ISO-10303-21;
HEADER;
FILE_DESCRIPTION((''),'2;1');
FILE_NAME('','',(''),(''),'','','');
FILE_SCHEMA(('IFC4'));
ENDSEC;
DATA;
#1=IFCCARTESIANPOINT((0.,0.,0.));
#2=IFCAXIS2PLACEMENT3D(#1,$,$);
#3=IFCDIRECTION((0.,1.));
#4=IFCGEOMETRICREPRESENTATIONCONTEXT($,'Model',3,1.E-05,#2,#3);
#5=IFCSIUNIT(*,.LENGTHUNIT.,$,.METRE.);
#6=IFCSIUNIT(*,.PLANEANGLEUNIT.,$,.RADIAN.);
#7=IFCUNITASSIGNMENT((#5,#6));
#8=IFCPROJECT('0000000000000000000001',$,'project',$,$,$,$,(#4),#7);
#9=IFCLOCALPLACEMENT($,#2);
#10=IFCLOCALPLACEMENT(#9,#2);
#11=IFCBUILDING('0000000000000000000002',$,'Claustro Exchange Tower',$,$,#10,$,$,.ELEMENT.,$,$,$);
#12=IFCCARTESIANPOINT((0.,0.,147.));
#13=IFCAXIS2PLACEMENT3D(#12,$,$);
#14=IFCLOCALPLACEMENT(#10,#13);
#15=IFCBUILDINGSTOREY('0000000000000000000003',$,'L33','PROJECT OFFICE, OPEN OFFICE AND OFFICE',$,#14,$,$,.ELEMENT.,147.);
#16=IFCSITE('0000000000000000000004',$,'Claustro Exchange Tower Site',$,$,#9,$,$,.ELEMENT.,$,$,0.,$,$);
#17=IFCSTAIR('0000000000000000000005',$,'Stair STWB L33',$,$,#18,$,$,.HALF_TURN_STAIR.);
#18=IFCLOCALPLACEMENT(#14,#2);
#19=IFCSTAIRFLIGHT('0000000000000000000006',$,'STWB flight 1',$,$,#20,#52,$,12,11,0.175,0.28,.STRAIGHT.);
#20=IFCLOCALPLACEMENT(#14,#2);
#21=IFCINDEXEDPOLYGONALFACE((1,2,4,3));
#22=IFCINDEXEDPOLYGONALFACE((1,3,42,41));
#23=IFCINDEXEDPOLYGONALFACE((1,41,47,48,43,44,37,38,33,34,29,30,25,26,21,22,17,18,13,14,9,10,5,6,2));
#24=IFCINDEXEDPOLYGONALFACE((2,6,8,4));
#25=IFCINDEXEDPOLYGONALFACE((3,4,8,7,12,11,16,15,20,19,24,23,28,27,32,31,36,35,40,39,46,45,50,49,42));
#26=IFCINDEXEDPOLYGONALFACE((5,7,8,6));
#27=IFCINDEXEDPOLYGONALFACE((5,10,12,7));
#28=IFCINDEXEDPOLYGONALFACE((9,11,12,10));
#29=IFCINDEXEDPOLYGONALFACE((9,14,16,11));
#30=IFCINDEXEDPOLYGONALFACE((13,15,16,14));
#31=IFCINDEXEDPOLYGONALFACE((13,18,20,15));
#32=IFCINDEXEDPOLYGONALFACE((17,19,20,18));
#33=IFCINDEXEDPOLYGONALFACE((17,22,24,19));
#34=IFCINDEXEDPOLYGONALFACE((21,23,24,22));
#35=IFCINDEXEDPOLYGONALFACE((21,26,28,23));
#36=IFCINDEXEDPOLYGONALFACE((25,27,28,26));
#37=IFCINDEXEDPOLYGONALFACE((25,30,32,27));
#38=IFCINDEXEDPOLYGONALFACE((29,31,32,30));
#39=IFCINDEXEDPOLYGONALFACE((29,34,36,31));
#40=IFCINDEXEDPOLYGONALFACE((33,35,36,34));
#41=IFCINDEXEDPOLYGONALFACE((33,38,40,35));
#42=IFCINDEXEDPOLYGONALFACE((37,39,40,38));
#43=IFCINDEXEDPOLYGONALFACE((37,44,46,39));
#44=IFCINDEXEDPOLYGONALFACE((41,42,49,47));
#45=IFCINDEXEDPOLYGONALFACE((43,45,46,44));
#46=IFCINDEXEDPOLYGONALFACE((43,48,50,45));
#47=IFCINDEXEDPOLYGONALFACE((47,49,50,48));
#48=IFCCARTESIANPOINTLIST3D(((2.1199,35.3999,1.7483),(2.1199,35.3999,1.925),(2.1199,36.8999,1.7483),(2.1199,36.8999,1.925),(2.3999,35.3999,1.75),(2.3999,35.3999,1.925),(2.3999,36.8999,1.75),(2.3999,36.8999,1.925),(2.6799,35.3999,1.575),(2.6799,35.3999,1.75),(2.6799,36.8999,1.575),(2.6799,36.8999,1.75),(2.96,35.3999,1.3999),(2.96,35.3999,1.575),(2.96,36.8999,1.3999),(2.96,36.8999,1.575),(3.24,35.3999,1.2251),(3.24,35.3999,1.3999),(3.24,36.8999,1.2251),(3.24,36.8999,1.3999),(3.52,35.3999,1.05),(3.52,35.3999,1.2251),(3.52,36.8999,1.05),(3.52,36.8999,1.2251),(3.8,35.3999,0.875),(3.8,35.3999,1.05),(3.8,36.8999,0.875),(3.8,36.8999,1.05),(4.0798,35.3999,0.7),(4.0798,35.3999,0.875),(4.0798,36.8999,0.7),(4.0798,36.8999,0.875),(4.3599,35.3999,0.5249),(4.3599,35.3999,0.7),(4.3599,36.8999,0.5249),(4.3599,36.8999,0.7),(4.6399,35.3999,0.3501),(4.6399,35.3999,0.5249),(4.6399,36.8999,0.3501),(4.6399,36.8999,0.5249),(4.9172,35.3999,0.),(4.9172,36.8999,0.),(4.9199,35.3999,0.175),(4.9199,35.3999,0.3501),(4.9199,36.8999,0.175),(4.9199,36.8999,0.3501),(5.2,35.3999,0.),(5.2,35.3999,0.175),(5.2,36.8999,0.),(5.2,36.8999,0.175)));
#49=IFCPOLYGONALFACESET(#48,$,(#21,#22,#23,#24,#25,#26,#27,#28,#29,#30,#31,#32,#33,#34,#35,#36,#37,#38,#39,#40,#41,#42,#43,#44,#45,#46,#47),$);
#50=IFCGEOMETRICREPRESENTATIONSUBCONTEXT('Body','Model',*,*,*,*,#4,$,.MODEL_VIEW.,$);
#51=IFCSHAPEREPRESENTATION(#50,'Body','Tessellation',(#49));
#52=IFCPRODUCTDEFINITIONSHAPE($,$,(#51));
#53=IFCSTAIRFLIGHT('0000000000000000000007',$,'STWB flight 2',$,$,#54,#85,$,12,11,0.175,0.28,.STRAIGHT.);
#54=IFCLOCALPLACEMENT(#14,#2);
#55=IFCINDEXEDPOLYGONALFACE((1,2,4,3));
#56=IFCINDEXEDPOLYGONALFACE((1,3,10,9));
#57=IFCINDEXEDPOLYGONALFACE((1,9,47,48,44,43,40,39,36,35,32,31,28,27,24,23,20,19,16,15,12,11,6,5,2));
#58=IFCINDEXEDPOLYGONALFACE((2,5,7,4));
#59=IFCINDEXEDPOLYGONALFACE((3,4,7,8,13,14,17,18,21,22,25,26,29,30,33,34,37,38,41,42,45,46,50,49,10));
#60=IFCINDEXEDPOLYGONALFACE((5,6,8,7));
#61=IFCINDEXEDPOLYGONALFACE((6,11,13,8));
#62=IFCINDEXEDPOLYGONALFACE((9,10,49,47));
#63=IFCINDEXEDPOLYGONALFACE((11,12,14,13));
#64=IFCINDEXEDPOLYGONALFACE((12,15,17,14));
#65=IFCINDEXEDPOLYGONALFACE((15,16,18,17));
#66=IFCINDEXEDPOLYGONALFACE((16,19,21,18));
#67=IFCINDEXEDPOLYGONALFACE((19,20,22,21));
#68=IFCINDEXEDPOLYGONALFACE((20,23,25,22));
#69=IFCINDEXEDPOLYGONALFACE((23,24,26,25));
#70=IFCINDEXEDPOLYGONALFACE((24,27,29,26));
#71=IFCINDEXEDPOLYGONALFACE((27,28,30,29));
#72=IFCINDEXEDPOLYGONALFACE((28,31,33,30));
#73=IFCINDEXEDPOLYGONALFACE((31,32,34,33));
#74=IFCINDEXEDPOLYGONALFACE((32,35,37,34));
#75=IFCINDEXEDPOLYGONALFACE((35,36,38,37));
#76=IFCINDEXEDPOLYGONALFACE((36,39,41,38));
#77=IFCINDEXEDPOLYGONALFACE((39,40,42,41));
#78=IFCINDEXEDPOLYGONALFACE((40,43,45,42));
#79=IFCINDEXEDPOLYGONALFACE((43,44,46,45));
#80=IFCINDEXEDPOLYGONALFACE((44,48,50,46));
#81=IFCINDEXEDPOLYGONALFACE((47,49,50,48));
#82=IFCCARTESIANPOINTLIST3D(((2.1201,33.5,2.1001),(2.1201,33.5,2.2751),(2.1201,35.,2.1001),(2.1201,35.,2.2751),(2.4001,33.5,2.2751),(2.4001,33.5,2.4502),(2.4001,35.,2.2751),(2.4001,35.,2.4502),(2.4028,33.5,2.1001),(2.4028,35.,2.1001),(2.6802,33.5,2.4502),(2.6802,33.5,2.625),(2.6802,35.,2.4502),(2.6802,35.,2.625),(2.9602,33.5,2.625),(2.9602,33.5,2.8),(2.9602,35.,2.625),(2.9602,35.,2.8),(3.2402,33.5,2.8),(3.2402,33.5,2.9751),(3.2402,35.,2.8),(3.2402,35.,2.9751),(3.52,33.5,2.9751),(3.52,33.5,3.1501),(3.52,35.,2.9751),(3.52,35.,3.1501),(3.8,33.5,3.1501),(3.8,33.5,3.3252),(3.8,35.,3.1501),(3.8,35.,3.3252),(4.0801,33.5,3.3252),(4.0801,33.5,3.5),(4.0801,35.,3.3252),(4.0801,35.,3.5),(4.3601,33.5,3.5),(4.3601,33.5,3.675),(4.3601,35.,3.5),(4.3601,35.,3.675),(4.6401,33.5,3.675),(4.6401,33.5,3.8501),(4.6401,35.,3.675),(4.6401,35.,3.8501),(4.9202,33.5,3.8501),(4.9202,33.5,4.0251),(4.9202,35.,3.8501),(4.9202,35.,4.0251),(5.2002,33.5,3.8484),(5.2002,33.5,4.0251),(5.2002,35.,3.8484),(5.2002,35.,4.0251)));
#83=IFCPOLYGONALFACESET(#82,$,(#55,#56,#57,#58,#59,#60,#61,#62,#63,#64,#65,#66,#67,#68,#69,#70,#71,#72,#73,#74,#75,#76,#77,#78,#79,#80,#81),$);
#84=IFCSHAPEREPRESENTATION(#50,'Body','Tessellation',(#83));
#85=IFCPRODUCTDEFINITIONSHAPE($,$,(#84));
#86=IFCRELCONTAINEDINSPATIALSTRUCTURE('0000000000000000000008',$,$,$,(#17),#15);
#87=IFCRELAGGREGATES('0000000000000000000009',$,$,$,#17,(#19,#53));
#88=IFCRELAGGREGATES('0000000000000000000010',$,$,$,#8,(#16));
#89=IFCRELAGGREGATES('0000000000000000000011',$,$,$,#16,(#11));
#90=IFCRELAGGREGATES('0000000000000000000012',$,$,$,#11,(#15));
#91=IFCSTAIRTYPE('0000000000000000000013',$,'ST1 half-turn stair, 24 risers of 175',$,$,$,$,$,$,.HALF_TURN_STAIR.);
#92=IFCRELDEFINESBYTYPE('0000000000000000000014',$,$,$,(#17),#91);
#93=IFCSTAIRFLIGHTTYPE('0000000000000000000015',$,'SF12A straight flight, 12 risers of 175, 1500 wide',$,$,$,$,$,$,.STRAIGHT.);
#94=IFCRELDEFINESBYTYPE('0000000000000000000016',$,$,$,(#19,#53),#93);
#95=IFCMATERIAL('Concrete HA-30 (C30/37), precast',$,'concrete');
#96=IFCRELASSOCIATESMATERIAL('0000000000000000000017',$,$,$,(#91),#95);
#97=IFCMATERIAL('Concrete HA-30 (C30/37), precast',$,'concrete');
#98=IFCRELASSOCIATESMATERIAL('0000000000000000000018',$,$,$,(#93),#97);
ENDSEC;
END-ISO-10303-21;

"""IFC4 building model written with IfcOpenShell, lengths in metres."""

from ifc_helpers import new_model, si_unit, direction, frame, origin, place, context, subcontext, project, spatial, polyline, outline, extrude, material, type_object, element, aggregate, save


model = new_model("IFC4")

# Units and contexts
model_context = context("Model", 3, precision=1e-05, world=origin(), true_north=direction((0.0, 1.0)))
body_context = subcontext(model_context, "Body", "Model", "MODEL_VIEW")
ifc_project = project(units=[si_unit("LENGTHUNIT", "METRE"), si_unit("PLANEANGLEUNIT", "RADIAN")], contexts=[model_context])

# Site, building, storey
site_placement = place(None, origin())
site = spatial("IfcSite", under=ifc_project, at=site_placement, Name="Claustro Exchange Tower Site", CompositionType="ELEMENT", RefElevation=0.0)
building_placement = place(site_placement, origin())
building = spatial("IfcBuilding", under=site, at=building_placement, Name="Claustro Exchange Tower", CompositionType="ELEMENT")
storey_placement = place(building_placement, frame((0.0, 0.0, 147.0)))
storey = spatial("IfcBuildingStorey", under=building, at=storey_placement, Name="L33", Description="PROJECT OFFICE, OPEN OFFICE AND OFFICE", CompositionType="ELEMENT", Elevation=147.0)

# Stair, stair flights
ifc_material_1 = material(Name="Concrete HA-30 (C30/37), precast", Category="concrete")
stair_type = type_object("IfcStairType", Name="ST1 half-turn stair, 24 risers of 175", PredefinedType="HALF_TURN_STAIR", material=ifc_material_1)
stair_placement = place(storey_placement, origin())
stair = element("IfcStair", 1, at=stair_placement, inside=storey, type_object=stair_type, Name="Stair STWB L33", PredefinedType="HALF_TURN_STAIR")
ifc_material_2 = material(Name="Concrete HA-30 (C30/37), precast", Category="concrete")
stair_flight_type = type_object("IfcStairFlightType", Name="SF12A straight flight, 12 risers of 175, 1500 wide", PredefinedType="STRAIGHT", material=ifc_material_2)
stair_flight_1_placement = place(storey_placement, frame((5.2, 36.1499, 0.0), z_axis=(0.0, 0.0, 1.0), x_axis=(-1.0, 0.0, 0.0)))
stair_flight_1 = element("IfcStairFlight", 2, at=stair_flight_1_placement, type_object=stair_flight_type, Name="STWB flight 1", NumberOfRisers=12, NumberOfTreads=11, PredefinedType="STRAIGHT", RiserHeight=0.175, TreadLength=0.28, context=body_context, shape_type="SweptSolid", body=[
    extrude(outline(polyline([(0.0, 0.0), (0.0, 0.175), (0.28, 0.175), (0.28, 0.3501), (0.5601, 0.3501), (0.5601, 0.5249), (0.8401, 0.5249), (0.8401, 0.7), (1.1201, 0.7), (1.1201, 0.875), (1.3999, 0.875), (1.3999, 1.05), (1.6799, 1.05), (1.6799, 1.2251), (1.96, 1.2251), (1.96, 1.3999), (2.24, 1.3999), (2.24, 1.575), (2.52, 1.575), (2.52, 1.75), (2.8, 1.75), (2.8, 1.925), (3.0801, 1.925), (3.0801, 2.1001), (3.0801, 1.7483), (0.2827, 0.0), (0.0, 0.0)])), frame((0.0, 0.75, 0.0), z_axis=(0.0, -1.0, 0.0), x_axis=(1.0, 0.0, 0.0)), (0.0, 0.0, 1.0), 1.5),
])
stair_flight_2_placement = place(storey_placement, frame((2.1201, 34.25, 2.1001), z_axis=(0.0, 0.0, 1.0), x_axis=(1.0, 0.0, 0.0)))
stair_flight_2 = element("IfcStairFlight", 3, at=stair_flight_2_placement, type_object=stair_flight_type, Name="STWB flight 2", NumberOfRisers=12, NumberOfTreads=11, PredefinedType="STRAIGHT", RiserHeight=0.175, TreadLength=0.28, context=body_context, shape_type="SweptSolid", body=[
    extrude(outline(polyline([(0.0, 0.0), (0.0, 0.175), (0.28, 0.175), (0.28, 0.3501), (0.5601, 0.3501), (0.5601, 0.5249), (0.8401, 0.5249), (0.8401, 0.7), (1.1201, 0.7), (1.1201, 0.875), (1.3999, 0.875), (1.3999, 1.05), (1.6799, 1.05), (1.6799, 1.2251), (1.96, 1.2251), (1.96, 1.3999), (2.24, 1.3999), (2.24, 1.575), (2.52, 1.575), (2.52, 1.75), (2.8, 1.75), (2.8, 1.925), (3.0801, 1.925), (3.0801, 2.1001), (3.0801, 1.7483), (0.2827, 0.0), (0.0, 0.0)])), frame((0.0, 0.75, 0.0), z_axis=(0.0, -1.0, 0.0), x_axis=(1.0, 0.0, 0.0)), (0.0, 0.0, 1.0), 1.5),
])
aggregate(stair, [stair_flight_1, stair_flight_2])

save(model, "model.ifc")
